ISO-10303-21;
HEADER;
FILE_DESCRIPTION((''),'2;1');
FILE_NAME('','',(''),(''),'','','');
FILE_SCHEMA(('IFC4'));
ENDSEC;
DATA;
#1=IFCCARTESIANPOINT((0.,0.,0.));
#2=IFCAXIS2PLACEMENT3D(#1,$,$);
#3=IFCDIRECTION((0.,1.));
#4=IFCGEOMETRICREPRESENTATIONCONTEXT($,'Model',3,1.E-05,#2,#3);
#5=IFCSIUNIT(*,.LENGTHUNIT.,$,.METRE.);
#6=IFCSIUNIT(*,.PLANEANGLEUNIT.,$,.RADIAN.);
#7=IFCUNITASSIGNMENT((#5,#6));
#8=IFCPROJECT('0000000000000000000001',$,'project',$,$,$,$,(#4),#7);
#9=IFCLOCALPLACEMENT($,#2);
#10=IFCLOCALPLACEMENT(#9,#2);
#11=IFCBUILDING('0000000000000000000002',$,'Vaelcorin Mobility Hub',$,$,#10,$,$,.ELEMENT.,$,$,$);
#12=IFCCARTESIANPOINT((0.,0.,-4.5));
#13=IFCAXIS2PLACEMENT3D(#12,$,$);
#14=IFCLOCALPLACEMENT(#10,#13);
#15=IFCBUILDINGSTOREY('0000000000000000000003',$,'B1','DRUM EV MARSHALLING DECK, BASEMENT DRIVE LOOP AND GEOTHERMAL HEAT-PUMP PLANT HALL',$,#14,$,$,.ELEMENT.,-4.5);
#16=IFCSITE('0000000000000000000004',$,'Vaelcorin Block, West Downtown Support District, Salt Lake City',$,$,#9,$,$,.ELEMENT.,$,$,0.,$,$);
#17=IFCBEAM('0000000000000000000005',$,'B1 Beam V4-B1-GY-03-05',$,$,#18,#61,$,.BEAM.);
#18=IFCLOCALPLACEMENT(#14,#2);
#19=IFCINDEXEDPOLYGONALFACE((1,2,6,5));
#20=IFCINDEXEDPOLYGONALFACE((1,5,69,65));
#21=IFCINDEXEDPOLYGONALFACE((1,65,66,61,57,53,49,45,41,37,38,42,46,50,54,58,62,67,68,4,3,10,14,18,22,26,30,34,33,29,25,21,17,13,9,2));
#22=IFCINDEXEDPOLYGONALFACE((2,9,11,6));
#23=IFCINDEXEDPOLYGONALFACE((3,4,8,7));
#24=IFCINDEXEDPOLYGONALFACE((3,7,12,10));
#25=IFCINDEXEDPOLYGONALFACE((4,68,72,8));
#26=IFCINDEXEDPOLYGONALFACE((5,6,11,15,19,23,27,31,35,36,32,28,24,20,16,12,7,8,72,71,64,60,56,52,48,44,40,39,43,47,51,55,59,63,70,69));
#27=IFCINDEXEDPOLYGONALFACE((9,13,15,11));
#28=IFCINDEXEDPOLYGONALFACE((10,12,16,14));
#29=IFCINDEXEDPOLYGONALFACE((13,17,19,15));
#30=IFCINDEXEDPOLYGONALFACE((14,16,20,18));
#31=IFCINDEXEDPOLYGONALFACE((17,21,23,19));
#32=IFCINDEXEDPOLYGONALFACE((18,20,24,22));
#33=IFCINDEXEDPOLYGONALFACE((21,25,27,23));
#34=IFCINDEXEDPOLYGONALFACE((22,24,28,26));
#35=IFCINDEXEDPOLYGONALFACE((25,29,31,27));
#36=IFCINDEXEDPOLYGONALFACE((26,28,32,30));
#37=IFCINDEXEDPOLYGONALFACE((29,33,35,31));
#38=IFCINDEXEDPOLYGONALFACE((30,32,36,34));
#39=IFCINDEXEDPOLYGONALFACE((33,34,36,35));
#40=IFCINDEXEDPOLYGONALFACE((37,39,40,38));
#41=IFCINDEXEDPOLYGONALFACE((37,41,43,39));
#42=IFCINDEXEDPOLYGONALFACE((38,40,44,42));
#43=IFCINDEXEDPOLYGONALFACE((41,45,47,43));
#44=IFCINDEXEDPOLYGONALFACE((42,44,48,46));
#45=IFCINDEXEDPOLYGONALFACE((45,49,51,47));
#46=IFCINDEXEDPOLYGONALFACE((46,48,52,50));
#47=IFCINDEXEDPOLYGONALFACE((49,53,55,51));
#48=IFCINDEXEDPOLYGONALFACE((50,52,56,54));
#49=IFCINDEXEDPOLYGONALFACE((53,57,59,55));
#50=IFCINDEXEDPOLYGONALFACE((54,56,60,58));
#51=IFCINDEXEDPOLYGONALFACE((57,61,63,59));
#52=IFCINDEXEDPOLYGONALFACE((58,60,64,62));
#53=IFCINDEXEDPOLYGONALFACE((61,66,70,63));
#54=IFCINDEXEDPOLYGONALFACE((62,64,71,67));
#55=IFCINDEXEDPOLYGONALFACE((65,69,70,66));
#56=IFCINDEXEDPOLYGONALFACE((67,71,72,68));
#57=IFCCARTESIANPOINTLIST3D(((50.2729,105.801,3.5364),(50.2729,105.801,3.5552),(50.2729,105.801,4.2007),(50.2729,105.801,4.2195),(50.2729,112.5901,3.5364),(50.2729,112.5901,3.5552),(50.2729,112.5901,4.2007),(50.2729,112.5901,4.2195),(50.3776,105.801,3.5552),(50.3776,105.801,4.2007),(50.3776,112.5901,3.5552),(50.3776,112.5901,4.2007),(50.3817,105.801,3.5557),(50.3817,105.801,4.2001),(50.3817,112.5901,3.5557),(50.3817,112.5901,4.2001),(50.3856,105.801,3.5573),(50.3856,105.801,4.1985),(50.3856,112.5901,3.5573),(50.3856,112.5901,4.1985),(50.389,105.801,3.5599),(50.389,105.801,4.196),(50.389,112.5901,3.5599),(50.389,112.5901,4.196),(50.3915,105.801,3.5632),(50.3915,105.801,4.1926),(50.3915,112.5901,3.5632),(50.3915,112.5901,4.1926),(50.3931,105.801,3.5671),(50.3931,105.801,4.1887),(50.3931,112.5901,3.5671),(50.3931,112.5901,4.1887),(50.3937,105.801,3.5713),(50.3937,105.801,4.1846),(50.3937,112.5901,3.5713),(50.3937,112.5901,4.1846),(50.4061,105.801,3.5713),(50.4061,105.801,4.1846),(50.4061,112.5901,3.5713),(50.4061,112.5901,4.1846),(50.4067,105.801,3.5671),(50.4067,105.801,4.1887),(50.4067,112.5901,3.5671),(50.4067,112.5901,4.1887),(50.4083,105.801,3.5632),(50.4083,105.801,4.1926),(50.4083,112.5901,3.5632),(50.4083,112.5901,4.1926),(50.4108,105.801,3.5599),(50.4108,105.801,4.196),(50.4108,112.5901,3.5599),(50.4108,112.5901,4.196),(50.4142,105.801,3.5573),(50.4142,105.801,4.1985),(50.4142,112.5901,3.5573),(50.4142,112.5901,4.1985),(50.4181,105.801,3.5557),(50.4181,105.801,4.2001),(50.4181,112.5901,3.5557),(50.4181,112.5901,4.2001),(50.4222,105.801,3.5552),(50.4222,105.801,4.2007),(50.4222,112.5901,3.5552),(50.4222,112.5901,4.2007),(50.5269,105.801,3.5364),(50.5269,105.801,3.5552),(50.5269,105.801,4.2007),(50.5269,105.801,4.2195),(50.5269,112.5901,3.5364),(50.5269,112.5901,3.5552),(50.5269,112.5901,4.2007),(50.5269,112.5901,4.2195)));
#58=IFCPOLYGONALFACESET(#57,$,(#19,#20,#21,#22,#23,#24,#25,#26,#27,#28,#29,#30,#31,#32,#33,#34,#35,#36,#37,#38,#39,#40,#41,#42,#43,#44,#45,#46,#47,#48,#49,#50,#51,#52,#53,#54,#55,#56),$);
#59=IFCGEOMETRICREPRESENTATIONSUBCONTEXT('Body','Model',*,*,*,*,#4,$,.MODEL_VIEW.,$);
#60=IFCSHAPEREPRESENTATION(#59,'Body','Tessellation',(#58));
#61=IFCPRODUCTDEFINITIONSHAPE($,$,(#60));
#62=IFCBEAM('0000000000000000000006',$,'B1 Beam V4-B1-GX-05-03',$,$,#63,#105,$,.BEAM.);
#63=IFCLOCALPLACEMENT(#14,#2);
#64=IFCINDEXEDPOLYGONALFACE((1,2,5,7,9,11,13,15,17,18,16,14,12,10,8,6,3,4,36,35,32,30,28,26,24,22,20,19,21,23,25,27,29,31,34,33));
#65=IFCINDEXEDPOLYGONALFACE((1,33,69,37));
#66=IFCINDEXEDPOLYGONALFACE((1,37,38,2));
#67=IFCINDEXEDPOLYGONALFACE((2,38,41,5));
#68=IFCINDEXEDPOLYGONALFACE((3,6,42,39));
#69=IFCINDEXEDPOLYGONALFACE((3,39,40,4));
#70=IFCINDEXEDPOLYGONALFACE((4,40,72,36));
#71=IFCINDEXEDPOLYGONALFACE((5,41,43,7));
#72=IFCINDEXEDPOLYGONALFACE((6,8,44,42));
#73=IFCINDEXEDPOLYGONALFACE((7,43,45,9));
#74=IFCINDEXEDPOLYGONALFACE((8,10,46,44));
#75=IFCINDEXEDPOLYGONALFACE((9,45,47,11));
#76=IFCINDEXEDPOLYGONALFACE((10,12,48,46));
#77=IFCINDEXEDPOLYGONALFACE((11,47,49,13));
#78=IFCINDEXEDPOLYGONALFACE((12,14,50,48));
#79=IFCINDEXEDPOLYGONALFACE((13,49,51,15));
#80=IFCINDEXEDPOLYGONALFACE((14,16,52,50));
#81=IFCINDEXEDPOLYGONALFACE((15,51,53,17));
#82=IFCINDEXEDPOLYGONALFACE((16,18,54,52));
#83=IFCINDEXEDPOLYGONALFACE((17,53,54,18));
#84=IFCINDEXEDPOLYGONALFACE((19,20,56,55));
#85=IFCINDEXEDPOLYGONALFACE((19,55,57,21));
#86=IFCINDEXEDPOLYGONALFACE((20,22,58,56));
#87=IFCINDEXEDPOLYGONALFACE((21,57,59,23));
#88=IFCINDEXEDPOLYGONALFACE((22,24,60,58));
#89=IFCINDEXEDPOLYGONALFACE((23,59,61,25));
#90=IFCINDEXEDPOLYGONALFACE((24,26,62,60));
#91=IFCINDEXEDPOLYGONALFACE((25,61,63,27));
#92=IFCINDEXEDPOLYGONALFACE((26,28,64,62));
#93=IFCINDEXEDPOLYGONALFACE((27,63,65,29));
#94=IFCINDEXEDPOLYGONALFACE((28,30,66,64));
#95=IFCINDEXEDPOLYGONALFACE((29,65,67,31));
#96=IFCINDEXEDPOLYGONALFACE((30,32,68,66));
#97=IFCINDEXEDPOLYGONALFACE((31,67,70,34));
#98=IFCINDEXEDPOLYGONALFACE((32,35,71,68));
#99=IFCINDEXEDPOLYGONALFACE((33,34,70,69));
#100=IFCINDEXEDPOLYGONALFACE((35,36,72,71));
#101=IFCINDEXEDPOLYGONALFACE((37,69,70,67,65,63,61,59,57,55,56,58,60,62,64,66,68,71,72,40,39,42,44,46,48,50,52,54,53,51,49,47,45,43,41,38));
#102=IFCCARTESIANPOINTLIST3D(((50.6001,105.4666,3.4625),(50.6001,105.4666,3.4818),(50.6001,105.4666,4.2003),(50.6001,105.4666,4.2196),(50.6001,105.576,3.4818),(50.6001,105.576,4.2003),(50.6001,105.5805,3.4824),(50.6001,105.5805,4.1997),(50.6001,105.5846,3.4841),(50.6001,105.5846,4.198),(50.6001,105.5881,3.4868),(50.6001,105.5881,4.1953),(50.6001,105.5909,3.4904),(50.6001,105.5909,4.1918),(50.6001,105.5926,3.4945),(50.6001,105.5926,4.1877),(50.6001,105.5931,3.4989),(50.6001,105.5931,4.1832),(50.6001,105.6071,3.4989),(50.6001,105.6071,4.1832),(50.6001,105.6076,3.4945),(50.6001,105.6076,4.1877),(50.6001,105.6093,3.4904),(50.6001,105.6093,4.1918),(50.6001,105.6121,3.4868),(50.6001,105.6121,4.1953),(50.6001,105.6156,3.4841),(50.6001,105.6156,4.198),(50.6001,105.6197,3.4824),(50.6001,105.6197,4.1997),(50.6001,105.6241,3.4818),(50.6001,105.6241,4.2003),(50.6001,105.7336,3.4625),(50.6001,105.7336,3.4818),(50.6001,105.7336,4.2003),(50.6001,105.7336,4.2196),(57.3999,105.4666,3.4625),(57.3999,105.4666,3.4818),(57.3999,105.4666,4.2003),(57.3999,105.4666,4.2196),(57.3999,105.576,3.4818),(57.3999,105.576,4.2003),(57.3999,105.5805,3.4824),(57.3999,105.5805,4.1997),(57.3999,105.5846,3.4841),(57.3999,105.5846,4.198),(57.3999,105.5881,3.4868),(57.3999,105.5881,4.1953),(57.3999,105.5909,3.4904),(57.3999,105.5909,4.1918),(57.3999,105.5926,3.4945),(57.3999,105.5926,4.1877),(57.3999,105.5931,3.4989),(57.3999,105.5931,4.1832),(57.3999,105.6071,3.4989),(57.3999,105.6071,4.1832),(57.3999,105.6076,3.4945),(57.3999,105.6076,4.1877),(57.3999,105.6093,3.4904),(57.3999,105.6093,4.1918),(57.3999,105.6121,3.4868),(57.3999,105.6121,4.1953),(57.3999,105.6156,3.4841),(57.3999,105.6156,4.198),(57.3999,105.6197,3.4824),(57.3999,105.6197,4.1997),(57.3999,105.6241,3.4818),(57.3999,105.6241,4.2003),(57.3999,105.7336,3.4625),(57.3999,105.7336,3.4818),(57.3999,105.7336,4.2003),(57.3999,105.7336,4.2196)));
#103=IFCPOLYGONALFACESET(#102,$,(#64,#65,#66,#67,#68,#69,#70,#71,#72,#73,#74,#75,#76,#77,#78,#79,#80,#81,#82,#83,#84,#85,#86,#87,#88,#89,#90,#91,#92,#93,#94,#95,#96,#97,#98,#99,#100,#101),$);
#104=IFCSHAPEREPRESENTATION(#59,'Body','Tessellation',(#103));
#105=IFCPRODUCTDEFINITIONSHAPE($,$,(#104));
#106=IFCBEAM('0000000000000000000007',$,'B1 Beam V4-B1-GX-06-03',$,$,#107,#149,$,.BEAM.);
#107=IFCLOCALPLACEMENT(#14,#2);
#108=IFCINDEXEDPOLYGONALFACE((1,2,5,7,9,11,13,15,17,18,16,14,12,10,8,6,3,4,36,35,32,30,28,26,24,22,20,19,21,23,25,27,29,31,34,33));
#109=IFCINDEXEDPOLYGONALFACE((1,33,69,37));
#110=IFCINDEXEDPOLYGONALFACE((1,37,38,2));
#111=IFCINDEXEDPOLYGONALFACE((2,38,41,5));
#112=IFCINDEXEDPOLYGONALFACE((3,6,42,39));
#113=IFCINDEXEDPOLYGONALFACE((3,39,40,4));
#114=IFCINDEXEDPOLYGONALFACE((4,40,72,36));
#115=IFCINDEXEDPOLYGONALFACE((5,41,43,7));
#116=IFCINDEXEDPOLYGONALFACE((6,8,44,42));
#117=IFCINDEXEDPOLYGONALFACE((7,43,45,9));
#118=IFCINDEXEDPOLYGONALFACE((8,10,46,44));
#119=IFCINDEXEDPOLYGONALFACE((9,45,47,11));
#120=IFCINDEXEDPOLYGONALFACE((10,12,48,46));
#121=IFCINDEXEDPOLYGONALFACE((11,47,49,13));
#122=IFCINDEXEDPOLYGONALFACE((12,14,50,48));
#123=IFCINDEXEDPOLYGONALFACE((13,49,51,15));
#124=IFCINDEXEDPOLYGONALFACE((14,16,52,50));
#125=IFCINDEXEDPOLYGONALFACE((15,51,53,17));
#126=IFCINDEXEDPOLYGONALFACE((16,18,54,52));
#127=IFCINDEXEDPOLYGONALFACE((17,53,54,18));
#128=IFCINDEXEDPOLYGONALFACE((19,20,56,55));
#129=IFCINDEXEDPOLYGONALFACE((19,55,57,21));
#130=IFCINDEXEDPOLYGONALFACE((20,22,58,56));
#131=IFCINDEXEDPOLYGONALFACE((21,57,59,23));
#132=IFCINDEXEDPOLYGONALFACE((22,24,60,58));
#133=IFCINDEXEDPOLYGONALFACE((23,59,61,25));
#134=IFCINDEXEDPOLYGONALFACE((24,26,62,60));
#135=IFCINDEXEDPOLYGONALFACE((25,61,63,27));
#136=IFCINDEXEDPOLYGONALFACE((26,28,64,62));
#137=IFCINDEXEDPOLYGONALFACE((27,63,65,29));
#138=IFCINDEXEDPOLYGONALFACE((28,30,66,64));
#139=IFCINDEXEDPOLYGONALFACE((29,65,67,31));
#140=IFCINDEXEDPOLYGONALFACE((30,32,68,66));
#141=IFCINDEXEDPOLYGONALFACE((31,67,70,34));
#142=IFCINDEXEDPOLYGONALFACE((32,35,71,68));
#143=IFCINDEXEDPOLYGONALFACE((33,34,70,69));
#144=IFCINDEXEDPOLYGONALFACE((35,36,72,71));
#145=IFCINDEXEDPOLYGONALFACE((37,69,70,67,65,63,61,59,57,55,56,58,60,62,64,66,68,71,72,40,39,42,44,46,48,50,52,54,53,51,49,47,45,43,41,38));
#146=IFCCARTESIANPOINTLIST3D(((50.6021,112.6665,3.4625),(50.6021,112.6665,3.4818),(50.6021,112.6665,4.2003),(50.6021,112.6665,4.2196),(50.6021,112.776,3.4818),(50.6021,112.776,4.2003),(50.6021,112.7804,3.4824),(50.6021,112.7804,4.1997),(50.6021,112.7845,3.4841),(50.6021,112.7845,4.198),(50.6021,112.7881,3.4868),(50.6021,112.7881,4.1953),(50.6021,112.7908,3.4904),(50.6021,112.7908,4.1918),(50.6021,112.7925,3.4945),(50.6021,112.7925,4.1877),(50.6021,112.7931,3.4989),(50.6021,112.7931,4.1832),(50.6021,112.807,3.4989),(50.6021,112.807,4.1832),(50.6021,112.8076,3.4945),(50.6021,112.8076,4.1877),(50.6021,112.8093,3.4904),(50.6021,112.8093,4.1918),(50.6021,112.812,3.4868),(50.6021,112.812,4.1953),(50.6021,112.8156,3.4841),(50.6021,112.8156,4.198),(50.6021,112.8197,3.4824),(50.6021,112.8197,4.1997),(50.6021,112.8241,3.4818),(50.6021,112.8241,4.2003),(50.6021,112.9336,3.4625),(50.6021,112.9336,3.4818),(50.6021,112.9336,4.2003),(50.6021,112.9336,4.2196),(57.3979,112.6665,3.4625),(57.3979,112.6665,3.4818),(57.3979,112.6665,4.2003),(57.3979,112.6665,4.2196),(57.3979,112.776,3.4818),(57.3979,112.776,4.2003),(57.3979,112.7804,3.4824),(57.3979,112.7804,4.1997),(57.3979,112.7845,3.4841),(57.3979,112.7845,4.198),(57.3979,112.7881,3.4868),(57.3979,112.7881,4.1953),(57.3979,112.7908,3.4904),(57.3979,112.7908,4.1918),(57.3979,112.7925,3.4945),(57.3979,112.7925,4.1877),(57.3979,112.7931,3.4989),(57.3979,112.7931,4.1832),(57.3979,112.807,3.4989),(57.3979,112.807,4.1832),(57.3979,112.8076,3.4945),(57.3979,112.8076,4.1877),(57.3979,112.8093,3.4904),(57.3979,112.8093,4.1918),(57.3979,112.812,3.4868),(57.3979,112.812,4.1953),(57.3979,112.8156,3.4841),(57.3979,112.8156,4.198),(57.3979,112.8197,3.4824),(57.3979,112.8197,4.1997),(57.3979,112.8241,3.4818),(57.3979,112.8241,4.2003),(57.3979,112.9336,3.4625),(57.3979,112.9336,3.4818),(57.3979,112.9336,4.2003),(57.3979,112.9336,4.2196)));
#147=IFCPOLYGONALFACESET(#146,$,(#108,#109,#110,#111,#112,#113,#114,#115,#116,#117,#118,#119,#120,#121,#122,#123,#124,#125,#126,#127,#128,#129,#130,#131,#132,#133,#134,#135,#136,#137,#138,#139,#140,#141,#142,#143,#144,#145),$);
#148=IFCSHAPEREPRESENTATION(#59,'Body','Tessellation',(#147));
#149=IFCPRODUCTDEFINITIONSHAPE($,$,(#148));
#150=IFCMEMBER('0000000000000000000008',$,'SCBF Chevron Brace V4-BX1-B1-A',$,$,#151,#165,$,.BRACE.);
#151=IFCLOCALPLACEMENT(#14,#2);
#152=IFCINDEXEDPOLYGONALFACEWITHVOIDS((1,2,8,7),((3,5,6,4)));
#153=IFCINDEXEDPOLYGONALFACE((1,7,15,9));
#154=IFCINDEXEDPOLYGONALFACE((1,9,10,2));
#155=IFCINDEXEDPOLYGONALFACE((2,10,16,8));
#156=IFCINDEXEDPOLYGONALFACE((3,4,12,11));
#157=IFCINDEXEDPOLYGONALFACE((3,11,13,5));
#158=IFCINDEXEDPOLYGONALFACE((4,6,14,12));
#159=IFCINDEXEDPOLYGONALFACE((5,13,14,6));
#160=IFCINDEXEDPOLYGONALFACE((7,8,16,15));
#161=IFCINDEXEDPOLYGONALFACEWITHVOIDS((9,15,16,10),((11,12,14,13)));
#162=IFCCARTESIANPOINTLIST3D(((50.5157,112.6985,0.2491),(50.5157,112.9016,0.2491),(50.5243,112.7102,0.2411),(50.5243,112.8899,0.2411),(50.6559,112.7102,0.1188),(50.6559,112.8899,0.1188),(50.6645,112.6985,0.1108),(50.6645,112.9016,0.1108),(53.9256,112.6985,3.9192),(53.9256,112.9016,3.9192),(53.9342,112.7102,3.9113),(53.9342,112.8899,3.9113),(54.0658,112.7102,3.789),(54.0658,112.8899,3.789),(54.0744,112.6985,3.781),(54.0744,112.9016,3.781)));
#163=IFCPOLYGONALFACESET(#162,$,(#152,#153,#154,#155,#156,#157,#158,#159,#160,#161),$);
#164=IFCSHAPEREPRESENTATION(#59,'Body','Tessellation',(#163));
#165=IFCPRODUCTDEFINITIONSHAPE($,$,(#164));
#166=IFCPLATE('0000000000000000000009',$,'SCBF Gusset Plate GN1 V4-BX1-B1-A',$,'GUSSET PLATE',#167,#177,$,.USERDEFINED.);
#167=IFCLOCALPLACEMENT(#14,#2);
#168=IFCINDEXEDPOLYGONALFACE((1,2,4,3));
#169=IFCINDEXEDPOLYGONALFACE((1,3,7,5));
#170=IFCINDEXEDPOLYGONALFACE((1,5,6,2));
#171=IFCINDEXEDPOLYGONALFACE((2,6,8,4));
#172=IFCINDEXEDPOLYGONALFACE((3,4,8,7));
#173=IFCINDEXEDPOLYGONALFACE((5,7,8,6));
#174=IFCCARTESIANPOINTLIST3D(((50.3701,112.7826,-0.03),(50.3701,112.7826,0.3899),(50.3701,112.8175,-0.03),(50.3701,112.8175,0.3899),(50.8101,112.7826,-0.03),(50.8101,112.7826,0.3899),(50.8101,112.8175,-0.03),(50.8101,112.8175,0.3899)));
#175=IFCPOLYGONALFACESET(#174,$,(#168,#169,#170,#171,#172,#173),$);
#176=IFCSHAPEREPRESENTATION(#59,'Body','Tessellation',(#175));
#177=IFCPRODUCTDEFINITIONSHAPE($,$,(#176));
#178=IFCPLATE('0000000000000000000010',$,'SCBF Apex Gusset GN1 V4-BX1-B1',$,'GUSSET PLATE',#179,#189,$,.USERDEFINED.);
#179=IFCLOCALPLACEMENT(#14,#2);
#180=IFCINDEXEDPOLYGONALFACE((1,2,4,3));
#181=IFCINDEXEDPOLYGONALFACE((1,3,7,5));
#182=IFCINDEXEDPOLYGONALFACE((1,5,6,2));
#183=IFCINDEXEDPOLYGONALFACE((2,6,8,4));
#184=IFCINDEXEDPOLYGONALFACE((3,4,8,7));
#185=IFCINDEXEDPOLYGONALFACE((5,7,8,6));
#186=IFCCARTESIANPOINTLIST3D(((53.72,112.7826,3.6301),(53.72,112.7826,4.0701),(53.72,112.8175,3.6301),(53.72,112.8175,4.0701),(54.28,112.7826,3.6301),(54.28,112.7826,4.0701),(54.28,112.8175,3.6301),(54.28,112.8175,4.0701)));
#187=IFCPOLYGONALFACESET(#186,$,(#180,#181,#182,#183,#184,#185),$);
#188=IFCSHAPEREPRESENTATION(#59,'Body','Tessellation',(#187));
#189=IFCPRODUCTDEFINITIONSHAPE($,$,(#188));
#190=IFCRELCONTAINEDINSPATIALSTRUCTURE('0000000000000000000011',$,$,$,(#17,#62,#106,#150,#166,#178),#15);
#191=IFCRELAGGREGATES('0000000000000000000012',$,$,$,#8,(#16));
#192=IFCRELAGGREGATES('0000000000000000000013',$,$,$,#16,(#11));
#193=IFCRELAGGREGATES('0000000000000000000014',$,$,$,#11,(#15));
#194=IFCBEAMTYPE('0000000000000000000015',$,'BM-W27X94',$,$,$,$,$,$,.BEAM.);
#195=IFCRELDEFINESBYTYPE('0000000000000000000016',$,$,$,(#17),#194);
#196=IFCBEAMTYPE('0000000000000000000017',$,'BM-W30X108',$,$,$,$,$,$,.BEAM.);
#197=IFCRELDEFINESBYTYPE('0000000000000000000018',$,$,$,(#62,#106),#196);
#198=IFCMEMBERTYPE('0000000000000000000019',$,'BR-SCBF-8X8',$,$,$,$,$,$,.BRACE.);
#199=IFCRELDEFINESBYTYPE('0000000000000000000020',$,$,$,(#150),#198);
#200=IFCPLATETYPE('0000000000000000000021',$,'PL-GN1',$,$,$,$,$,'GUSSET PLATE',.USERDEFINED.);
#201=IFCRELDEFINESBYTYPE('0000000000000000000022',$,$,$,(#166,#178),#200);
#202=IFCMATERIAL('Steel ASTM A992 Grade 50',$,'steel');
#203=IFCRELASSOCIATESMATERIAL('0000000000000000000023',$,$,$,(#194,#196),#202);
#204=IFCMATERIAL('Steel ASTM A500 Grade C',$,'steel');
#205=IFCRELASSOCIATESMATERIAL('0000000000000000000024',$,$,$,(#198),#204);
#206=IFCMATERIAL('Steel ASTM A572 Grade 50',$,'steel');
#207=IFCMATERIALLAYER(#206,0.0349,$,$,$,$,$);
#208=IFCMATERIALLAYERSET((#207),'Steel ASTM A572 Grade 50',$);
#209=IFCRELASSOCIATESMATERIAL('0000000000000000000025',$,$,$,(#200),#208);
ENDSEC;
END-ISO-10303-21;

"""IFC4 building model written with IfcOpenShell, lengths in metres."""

from ifc_helpers import new_model, si_unit, direction, frame, origin, origin_2d, place, context, subcontext, project, spatial, rectangle, hollow_rectangle, i_section, extrude, material, layer, layer_set, material_profile, profile_set, type_object, element, save


model = new_model("IFC4")

# Units and contexts
model_context = context("Model", 3, precision=1e-05, world=origin(), true_north=direction((0.0, 1.0)))
body_context = subcontext(model_context, "Body", "Model", "MODEL_VIEW")
ifc_project = project(units=[si_unit("LENGTHUNIT", "METRE"), si_unit("PLANEANGLEUNIT", "RADIAN")], contexts=[model_context])

# Site, building, storey
site_placement = place(None, origin())
site = spatial("IfcSite", under=ifc_project, at=site_placement, Name="Vaelcorin Block, West Downtown Support District, Salt Lake City", CompositionType="ELEMENT", RefElevation=0.0)
building_placement = place(site_placement, origin())
building = spatial("IfcBuilding", under=site, at=building_placement, Name="Vaelcorin Mobility Hub", CompositionType="ELEMENT")
storey_placement = place(building_placement, frame((0.0, 0.0, -4.5)))
storey = spatial("IfcBuildingStorey", under=building, at=storey_placement, Name="B1", Description="DRUM EV MARSHALLING DECK, BASEMENT DRIVE LOOP AND GEOTHERMAL HEAT-PUMP PLANT HALL", CompositionType="ELEMENT", Elevation=-4.5)

# Shared definitions
ifc_material_1 = material(Name="Steel ASTM A992 Grade 50", Category="steel")

# Beams
ifc_material_profile_1 = material_profile(ifc_material_1, i_section(OverallWidth=0.2539, OverallDepth=0.6831, WebThickness=0.0125, FlangeThickness=0.0188, FilletRadius=0.0161, at=origin_2d()), Name="W27X94")
ifc_profile_set_1 = profile_set([ifc_material_profile_1], Name="Steel ASTM A992 Grade 50")
beam_type_1 = type_object("IfcBeamType", Name="BM-W27X94", PredefinedType="BEAM", material=ifc_profile_set_1)
beam_1_placement = place(storey_placement, frame((50.3999, 105.801, 3.8779), z_axis=(0.0, 1.0, 0.0), x_axis=(-1.0, 0.0, 0.0)))
element("IfcBeam", 1, at=beam_1_placement, inside=storey, type_object=beam_type_1, Name="B1 Beam V4-B1-GY-03-05", PredefinedType="BEAM", context=body_context, shape_type="SweptSolid", body=[
    extrude(i_section(OverallWidth=0.2539, OverallDepth=0.6831, WebThickness=0.0125, FlangeThickness=0.0188, FilletRadius=0.0161, at=origin_2d()), origin(), (0.0, 0.0, 1.0), 6.7891),
])
ifc_material_profile_2 = material_profile(ifc_material_1, i_section(OverallWidth=0.2671, OverallDepth=0.7571, WebThickness=0.0139, FlangeThickness=0.0193, FilletRadius=0.0171, at=origin_2d()), Name="W30X108")
ifc_profile_set_2 = profile_set([ifc_material_profile_2], Name="Steel ASTM A992 Grade 50")
beam_type_2 = type_object("IfcBeamType", Name="BM-W30X108", PredefinedType="BEAM", material=ifc_profile_set_2)
beam_2_placement = place(storey_placement, frame((50.6001, 105.6001, 3.8411), z_axis=(1.0, 0.0, 0.0), x_axis=(0.0, 1.0, 0.0)))
element("IfcBeam", 2, at=beam_2_placement, inside=storey, type_object=beam_type_2, Name="B1 Beam V4-B1-GX-05-03", PredefinedType="BEAM", context=body_context, shape_type="SweptSolid", body=[
    extrude(i_section(OverallWidth=0.2671, OverallDepth=0.7571, WebThickness=0.0139, FlangeThickness=0.0193, FilletRadius=0.0171, at=origin_2d()), origin(), (0.0, 0.0, 1.0), 6.7998),
])
beam_3_placement = place(storey_placement, frame((50.6021, 112.8, 3.8411), z_axis=(1.0, 0.0, 0.0), x_axis=(0.0, 1.0, 0.0)))
element("IfcBeam", 3, at=beam_3_placement, inside=storey, type_object=beam_type_2, Name="B1 Beam V4-B1-GX-06-03", PredefinedType="BEAM", context=body_context, shape_type="SweptSolid", body=[
    extrude(i_section(OverallWidth=0.2671, OverallDepth=0.7571, WebThickness=0.0139, FlangeThickness=0.0193, FilletRadius=0.0171, at=origin_2d()), origin(), (0.0, 0.0, 1.0), 6.7959),
])

# Member
ifc_material_2 = material(Name="Steel ASTM A500 Grade C", Category="steel")
ifc_material_profile_3 = material_profile(ifc_material_2, hollow_rectangle(XDim=0.2031, YDim=0.2031, WallThickness=0.0117, at=origin_2d()), Name="HSS8X8X0.500")
ifc_profile_set_3 = profile_set([ifc_material_profile_3], Name="Steel ASTM A500 Grade C")
member_type = type_object("IfcMemberType", Name="BR-SCBF-8X8", PredefinedType="BRACE", material=ifc_profile_set_3)
member_placement = place(storey_placement, frame((50.5901, 112.8, 0.1799), z_axis=(0.680655, 0.0, 0.732604), x_axis=(0.0, 1.0, 0.0)))
element("IfcMember", 4, at=member_placement, inside=storey, type_object=member_type, Name="SCBF Chevron Brace V4-BX1-B1-A", PredefinedType="BRACE", context=body_context, shape_type="SweptSolid", body=[
    extrude(hollow_rectangle(XDim=0.2031, YDim=0.2031, WallThickness=0.0117, at=origin_2d()), origin(), (0.0, 0.0, 1.0), 5.0098),
])

# Plates
ifc_material_3 = material(Name="Steel ASTM A572 Grade 50", Category="steel")
ifc_layer = layer(ifc_material_3, 0.0349)
ifc_layer_set = layer_set([ifc_layer], Name="Steel ASTM A572 Grade 50")
plate_type = type_object("IfcPlateType", Name="PL-GN1", ElementType="GUSSET PLATE", PredefinedType="USERDEFINED", material=ifc_layer_set)
plate_1_placement = place(storey_placement, frame((50.5901, 112.8, -0.03), z_axis=(0.0, 0.0, 1.0), x_axis=(1.0, 0.0, 0.0)))
element("IfcPlate", 5, at=plate_1_placement, inside=storey, type_object=plate_type, Name="SCBF Gusset Plate GN1 V4-BX1-B1-A", ObjectType="GUSSET PLATE", PredefinedType="USERDEFINED", context=body_context, shape_type="SweptSolid", body=[
    extrude(rectangle(XDim=0.4399, YDim=0.0349, at=origin_2d()), origin(), (0.0, 0.0, 1.0), 0.4199),
])
plate_2_placement = place(storey_placement, frame((54.0, 112.8, 3.6301), z_axis=(0.0, 0.0, 1.0), x_axis=(1.0, 0.0, 0.0)))
element("IfcPlate", 6, at=plate_2_placement, inside=storey, type_object=plate_type, Name="SCBF Apex Gusset GN1 V4-BX1-B1", ObjectType="GUSSET PLATE", PredefinedType="USERDEFINED", context=body_context, shape_type="SweptSolid", body=[
    extrude(rectangle(XDim=0.5601, YDim=0.0349, at=origin_2d()), origin(), (0.0, 0.0, 1.0), 0.4399),
])

save(model, "model.ifc")
